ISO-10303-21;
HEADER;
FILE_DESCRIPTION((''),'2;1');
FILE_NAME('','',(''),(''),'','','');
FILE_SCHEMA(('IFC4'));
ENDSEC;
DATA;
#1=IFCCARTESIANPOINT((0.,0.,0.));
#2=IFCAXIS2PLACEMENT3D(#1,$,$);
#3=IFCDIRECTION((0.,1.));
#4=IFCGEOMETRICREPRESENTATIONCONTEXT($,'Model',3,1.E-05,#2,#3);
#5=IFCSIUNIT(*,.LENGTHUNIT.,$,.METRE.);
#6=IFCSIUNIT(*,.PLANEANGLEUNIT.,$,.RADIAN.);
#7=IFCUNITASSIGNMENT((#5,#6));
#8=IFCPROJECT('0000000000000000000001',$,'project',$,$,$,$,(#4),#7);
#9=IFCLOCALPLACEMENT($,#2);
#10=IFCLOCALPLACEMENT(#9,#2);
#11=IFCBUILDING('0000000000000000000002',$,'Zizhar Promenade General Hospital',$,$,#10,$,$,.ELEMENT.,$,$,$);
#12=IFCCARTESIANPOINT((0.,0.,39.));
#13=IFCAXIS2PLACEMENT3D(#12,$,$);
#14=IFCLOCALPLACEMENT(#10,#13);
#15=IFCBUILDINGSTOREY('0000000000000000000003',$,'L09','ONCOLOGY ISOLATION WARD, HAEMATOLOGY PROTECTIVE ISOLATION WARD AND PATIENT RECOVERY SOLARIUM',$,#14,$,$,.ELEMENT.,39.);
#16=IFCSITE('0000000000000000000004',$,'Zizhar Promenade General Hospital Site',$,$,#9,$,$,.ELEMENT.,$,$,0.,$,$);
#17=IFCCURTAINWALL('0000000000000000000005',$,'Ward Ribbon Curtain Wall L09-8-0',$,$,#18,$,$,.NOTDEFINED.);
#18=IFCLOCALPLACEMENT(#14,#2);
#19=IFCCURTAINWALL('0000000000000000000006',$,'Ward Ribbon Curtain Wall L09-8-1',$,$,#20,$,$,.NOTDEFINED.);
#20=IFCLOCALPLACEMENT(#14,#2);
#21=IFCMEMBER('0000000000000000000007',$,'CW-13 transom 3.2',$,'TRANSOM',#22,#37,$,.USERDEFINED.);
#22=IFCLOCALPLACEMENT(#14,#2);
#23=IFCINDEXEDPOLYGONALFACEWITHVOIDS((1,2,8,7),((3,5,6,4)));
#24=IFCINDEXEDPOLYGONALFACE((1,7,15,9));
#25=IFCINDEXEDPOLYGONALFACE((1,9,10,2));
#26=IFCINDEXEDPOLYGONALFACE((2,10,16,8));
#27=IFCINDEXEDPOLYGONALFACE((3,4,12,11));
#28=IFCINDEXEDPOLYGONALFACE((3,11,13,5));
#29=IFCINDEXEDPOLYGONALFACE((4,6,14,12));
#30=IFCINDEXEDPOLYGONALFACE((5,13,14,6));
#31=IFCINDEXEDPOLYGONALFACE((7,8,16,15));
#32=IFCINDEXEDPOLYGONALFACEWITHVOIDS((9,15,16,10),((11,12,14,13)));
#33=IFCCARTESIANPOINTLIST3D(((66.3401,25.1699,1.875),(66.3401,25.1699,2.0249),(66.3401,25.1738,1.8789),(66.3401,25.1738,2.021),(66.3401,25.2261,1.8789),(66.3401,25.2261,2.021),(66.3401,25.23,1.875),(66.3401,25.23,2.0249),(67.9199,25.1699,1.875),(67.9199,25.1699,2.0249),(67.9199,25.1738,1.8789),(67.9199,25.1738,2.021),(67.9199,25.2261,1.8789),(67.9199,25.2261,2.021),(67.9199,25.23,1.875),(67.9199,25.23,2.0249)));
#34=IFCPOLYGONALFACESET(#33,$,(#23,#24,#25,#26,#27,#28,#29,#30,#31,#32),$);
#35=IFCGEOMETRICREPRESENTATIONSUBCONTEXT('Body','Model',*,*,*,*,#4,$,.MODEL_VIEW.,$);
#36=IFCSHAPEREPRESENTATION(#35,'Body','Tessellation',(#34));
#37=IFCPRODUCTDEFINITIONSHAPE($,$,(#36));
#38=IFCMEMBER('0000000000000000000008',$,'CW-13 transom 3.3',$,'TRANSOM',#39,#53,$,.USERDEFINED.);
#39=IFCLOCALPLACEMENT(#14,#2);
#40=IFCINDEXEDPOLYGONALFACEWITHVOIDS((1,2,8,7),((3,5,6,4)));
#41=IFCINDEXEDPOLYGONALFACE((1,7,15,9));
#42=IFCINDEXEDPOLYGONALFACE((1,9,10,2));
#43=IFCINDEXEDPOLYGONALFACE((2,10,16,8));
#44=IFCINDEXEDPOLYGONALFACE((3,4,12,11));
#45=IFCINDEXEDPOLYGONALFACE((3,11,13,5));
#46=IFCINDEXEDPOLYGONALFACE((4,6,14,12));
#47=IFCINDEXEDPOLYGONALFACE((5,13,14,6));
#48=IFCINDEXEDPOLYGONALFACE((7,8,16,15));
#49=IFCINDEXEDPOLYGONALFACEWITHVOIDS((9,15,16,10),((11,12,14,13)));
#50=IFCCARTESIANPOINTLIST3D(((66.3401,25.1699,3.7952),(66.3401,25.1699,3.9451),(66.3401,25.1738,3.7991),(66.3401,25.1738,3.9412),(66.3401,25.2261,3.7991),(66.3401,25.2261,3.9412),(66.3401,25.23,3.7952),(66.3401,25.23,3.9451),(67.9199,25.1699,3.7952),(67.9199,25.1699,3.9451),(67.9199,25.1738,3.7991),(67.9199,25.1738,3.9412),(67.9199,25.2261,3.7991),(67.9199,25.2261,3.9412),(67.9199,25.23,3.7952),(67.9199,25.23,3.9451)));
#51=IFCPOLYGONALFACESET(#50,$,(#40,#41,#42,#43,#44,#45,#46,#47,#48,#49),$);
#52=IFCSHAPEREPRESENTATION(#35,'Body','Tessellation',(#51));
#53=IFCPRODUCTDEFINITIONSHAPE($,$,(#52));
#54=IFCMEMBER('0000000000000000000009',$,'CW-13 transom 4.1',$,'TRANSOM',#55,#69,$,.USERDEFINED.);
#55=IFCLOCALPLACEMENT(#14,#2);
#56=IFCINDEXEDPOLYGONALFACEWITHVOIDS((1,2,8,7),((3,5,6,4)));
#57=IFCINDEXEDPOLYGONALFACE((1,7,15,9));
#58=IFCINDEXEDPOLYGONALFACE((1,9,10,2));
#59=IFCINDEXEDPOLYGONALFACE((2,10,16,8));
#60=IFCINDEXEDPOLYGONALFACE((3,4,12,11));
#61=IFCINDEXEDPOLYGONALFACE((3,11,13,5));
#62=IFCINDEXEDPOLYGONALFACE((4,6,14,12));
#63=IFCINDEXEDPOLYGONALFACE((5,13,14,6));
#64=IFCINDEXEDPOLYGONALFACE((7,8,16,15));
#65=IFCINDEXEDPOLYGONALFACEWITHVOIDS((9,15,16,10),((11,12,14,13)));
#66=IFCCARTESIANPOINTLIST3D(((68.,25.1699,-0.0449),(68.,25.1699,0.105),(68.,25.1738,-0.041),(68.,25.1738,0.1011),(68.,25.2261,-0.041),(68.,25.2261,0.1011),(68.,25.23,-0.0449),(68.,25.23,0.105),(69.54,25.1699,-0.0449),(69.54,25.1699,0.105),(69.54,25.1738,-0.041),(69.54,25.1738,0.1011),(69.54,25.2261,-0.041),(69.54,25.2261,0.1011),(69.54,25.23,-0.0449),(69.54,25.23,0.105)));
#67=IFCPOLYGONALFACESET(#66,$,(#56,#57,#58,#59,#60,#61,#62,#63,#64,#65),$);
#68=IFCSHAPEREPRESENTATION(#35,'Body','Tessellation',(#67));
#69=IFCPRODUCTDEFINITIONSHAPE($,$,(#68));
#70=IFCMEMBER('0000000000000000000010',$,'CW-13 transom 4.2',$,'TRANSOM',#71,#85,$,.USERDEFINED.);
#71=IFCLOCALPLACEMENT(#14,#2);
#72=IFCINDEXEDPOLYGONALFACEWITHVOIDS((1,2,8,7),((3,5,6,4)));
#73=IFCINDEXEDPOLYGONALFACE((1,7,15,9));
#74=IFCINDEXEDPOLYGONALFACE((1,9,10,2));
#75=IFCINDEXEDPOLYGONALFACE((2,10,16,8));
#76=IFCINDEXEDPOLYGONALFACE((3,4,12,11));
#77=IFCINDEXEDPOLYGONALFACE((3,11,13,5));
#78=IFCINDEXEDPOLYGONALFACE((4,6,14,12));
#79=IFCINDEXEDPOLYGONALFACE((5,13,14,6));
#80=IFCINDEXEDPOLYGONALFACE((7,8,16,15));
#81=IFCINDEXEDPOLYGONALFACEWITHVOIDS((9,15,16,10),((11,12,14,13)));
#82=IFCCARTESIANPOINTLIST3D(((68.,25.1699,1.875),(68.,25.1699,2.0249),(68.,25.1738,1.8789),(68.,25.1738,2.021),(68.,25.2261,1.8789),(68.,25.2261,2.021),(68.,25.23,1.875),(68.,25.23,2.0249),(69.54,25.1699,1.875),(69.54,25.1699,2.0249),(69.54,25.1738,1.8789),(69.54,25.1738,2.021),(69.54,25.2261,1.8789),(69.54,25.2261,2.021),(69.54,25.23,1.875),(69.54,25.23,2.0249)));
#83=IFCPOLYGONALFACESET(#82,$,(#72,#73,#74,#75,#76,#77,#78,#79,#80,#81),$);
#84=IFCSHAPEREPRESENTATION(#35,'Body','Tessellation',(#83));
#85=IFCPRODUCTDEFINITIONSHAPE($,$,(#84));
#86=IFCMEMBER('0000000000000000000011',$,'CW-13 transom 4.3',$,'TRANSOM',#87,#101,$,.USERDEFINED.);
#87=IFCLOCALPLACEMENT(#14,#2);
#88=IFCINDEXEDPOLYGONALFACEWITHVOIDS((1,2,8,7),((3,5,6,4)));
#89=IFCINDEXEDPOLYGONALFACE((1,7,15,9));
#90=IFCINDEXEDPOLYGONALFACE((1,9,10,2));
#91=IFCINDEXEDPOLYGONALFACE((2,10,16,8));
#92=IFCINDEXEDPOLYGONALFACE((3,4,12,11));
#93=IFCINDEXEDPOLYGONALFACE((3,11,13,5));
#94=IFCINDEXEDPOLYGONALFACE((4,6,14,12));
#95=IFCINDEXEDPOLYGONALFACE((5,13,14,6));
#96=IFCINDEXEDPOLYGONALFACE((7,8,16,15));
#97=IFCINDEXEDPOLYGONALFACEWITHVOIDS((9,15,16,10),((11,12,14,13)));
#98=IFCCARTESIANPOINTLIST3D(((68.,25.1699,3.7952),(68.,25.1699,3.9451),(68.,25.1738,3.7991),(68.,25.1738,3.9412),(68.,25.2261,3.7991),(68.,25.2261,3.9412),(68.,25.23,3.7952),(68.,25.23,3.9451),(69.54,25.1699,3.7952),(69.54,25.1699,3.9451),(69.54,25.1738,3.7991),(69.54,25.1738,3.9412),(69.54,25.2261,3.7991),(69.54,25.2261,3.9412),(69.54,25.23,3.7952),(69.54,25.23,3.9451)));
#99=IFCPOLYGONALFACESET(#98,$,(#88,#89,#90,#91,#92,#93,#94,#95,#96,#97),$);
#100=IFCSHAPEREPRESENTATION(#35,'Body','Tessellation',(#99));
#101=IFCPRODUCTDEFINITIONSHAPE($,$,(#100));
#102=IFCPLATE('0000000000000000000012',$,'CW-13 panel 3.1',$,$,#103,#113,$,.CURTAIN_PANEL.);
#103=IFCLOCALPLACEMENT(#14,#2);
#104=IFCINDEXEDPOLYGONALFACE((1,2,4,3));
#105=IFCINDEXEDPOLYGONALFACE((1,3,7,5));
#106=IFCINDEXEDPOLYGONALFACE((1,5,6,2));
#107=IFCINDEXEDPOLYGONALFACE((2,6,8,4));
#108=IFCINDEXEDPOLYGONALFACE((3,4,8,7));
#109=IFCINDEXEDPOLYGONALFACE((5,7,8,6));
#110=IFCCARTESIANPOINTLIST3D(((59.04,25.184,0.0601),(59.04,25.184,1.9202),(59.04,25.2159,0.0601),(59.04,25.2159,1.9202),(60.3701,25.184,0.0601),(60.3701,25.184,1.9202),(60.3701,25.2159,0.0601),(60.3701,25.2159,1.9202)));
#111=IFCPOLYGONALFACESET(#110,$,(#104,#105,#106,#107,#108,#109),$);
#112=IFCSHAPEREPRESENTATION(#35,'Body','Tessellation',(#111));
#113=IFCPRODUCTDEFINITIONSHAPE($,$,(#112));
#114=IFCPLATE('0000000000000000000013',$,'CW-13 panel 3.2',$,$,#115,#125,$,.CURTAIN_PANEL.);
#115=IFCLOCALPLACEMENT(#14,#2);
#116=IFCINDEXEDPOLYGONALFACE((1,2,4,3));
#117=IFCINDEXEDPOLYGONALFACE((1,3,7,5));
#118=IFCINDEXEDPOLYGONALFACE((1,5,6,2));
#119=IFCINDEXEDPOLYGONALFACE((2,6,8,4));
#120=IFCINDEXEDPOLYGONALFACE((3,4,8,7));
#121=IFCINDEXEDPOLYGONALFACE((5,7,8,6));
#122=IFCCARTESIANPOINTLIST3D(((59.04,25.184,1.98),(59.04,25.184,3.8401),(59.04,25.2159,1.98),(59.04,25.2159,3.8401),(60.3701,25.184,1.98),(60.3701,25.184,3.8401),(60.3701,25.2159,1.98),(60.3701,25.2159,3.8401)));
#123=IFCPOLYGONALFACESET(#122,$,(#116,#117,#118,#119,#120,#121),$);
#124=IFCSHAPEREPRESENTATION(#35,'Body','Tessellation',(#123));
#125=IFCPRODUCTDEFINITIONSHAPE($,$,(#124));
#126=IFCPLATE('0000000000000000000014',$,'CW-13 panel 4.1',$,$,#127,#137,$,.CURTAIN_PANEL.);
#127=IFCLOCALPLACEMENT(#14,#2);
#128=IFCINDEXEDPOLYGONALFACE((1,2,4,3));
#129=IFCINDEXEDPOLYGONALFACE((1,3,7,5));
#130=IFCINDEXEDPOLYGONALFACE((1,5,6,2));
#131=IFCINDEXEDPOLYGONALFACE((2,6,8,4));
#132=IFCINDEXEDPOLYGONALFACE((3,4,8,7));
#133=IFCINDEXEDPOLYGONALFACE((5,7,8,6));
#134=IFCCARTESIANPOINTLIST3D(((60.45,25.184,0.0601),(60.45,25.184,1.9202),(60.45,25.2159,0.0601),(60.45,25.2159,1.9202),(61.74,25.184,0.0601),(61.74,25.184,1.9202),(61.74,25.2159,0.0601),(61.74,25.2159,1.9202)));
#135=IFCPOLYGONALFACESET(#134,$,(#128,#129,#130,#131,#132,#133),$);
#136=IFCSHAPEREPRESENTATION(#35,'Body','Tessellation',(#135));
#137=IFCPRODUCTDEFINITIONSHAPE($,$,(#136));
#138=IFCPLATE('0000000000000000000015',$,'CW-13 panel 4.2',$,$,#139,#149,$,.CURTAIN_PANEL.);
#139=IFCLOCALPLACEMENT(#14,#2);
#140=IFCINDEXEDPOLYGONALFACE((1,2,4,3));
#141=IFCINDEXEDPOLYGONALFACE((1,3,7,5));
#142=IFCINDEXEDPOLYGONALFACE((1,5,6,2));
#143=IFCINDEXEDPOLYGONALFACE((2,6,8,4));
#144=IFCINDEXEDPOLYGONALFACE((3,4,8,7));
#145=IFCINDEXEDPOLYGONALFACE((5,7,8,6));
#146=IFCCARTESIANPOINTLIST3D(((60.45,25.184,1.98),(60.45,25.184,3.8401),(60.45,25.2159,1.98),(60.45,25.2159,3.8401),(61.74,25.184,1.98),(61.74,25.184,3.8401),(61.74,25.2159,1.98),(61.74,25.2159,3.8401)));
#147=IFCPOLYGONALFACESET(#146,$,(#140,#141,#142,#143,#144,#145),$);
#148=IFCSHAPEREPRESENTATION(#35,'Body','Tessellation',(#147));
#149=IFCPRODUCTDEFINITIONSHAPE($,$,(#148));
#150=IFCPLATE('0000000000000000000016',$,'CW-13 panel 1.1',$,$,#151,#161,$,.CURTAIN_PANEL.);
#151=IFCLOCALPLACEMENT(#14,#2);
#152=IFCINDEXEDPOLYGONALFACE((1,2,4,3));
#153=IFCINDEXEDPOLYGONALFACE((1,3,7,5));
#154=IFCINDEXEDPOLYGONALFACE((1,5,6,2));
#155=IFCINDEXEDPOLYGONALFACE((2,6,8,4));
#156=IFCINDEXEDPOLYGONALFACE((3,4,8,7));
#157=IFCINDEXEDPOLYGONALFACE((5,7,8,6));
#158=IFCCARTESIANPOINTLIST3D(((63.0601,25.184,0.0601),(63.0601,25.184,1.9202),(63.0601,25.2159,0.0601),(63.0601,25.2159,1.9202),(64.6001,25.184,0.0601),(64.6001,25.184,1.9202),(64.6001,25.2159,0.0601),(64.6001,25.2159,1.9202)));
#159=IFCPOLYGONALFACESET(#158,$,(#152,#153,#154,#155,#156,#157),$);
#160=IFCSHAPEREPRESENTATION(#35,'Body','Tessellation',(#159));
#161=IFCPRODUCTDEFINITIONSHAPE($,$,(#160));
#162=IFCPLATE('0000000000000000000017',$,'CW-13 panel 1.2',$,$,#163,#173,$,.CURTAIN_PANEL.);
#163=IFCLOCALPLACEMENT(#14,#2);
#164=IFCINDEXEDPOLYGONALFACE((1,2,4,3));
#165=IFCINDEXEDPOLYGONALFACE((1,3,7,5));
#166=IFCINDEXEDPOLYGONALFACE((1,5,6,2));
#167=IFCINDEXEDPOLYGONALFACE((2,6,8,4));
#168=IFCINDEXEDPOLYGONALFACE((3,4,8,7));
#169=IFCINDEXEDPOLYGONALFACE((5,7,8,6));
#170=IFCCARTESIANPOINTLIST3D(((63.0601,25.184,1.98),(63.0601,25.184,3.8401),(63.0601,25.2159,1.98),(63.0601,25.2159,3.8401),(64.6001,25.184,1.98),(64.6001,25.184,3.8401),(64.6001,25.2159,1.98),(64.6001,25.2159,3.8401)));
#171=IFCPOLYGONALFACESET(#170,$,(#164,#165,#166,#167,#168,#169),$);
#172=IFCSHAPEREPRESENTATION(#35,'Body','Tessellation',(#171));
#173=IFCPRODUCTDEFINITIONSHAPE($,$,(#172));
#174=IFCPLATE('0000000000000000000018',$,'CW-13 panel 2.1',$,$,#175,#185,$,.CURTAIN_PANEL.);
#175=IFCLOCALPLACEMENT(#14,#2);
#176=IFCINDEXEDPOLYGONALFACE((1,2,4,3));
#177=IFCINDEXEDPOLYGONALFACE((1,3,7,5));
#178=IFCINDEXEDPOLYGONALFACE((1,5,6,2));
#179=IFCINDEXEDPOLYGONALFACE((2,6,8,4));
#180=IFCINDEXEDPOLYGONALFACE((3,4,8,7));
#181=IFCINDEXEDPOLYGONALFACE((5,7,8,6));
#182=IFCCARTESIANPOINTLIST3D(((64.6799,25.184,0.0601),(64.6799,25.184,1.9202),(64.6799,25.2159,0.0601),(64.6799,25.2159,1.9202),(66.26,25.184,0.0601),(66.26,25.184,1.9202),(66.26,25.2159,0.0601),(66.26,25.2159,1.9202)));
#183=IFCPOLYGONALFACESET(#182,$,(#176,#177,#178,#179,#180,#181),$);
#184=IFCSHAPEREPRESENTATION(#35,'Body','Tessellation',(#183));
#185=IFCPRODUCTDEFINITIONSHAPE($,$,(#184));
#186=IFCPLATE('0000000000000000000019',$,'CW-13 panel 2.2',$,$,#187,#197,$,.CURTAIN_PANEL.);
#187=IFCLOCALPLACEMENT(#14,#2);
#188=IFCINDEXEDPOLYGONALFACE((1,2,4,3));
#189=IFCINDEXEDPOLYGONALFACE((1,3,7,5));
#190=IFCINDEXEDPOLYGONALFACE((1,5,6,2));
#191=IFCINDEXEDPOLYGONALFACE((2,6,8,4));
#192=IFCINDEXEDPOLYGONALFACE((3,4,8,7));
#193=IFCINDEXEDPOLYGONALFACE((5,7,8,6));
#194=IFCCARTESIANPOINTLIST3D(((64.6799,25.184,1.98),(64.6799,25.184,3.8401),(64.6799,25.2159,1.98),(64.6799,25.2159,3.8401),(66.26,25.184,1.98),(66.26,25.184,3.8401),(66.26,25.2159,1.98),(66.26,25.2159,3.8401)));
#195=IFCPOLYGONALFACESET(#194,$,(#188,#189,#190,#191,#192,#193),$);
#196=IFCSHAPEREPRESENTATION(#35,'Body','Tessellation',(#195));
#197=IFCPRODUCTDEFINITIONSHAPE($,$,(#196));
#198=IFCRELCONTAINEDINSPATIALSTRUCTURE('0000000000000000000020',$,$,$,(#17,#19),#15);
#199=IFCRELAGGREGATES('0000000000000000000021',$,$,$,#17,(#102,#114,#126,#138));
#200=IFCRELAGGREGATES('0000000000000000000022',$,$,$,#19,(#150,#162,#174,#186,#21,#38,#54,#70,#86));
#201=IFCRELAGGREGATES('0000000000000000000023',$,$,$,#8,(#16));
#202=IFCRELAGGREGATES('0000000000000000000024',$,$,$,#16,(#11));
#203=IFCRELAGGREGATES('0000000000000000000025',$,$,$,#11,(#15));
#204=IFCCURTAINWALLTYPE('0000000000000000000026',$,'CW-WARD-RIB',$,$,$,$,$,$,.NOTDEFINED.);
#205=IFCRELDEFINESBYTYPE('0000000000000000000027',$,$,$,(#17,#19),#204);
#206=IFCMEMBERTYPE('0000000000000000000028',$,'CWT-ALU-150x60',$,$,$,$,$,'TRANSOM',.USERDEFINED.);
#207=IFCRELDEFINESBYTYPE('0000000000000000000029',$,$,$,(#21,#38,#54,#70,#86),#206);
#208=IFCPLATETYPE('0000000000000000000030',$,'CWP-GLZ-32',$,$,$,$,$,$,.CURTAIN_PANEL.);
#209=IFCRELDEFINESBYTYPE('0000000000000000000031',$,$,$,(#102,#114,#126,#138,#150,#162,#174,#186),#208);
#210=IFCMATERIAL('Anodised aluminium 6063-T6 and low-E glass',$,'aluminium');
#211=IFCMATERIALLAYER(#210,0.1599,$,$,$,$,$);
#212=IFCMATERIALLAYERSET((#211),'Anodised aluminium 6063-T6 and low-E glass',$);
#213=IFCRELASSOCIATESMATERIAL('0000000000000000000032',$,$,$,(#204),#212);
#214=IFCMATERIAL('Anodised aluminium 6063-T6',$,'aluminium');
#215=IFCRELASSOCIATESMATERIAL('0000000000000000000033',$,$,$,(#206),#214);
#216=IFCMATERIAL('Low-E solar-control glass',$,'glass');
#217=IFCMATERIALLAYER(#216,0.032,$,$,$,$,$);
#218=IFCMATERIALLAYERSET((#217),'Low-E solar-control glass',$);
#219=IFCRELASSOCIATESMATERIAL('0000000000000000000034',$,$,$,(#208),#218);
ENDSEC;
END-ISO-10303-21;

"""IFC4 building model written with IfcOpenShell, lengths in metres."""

from ifc_helpers import new_model, si_unit, direction, frame, origin, origin_2d, place, context, subcontext, project, spatial, rectangle, hollow_rectangle, extrude, material, layer, layer_set, material_profile, profile_set, type_object, element, aggregate, save


model = new_model("IFC4")

# Units and contexts
model_context = context("Model", 3, precision=1e-05, world=origin(), true_north=direction((0.0, 1.0)))
body_context = subcontext(model_context, "Body", "Model", "MODEL_VIEW")
ifc_project = project(units=[si_unit("LENGTHUNIT", "METRE"), si_unit("PLANEANGLEUNIT", "RADIAN")], contexts=[model_context])

# Site, building, storey
site_placement = place(None, origin())
site = spatial("IfcSite", under=ifc_project, at=site_placement, Name="Zizhar Promenade General Hospital Site", CompositionType="ELEMENT", RefElevation=0.0)
building_placement = place(site_placement, origin())
building = spatial("IfcBuilding", under=site, at=building_placement, Name="Zizhar Promenade General Hospital", CompositionType="ELEMENT")
storey_placement = place(building_placement, frame((0.0, 0.0, 39.0)))
storey = spatial("IfcBuildingStorey", under=building, at=storey_placement, Name="L09", Description="ONCOLOGY ISOLATION WARD, HAEMATOLOGY PROTECTIVE ISOLATION WARD AND PATIENT RECOVERY SOLARIUM", CompositionType="ELEMENT", Elevation=39.0)

# Curtain walls
ifc_material_1 = material(Name="Anodised aluminium 6063-T6 and low-E glass", Category="aluminium")
ifc_layer_1 = layer(ifc_material_1, 0.1599)
ifc_layer_set_1 = layer_set([ifc_layer_1], Name="Anodised aluminium 6063-T6 and low-E glass")
curtain_wall_type = type_object("IfcCurtainWallType", Name="CW-WARD-RIB", PredefinedType="NOTDEFINED", material=ifc_layer_set_1)
curtain_wall_1_placement = place(storey_placement, origin())
curtain_wall_1 = element("IfcCurtainWall", 1, at=curtain_wall_1_placement, inside=storey, type_object=curtain_wall_type, Name="Ward Ribbon Curtain Wall L09-8-0", PredefinedType="NOTDEFINED")
curtain_wall_2_placement = place(storey_placement, origin())
curtain_wall_2 = element("IfcCurtainWall", 2, at=curtain_wall_2_placement, inside=storey, type_object=curtain_wall_type, Name="Ward Ribbon Curtain Wall L09-8-1", PredefinedType="NOTDEFINED")

# Members
ifc_material_2 = material(Name="Anodised aluminium 6063-T6", Category="aluminium")
ifc_material_profile_1 = material_profile(ifc_material_2, hollow_rectangle(XDim=0.0601, YDim=0.1499, WallThickness=0.0039, at=origin_2d()))
ifc_profile_set_1 = profile_set([ifc_material_profile_1], Name="Anodised aluminium 6063-T6")
member_type_1 = type_object("IfcMemberType", Name="CWT-ALU-150x60", ElementType="TRANSOM", PredefinedType="USERDEFINED", material=ifc_profile_set_1)
member_1_placement = place(storey_placement, frame((66.3401, 25.2, 1.95), z_axis=(1.0, 0.0, 0.0), x_axis=(0.0, 1.0, 0.0)))
member_1 = element("IfcMember", 3, at=member_1_placement, type_object=member_type_1, Name="CW-13 transom 3.2", ObjectType="TRANSOM", PredefinedType="USERDEFINED", context=body_context, shape_type="SweptSolid", body=[
    extrude(hollow_rectangle(XDim=0.0601, YDim=0.1499, WallThickness=0.0039, at=origin_2d()), origin(), (0.0, 0.0, 1.0), 1.5798),
])
member_2_placement = place(storey_placement, frame((66.3401, 25.2, 3.8701), z_axis=(1.0, 0.0, 0.0), x_axis=(0.0, 1.0, 0.0)))
member_2 = element("IfcMember", 4, at=member_2_placement, type_object=member_type_1, Name="CW-13 transom 3.3", ObjectType="TRANSOM", PredefinedType="USERDEFINED", context=body_context, shape_type="SweptSolid", body=[
    extrude(hollow_rectangle(XDim=0.0601, YDim=0.1499, WallThickness=0.0039, at=origin_2d()), origin(), (0.0, 0.0, 1.0), 1.5798),
])
member_3_placement = place(storey_placement, frame((68.0, 25.2, 0.03), z_axis=(1.0, 0.0, 0.0), x_axis=(0.0, 1.0, 0.0)))
member_3 = element("IfcMember", 5, at=member_3_placement, type_object=member_type_1, Name="CW-13 transom 4.1", ObjectType="TRANSOM", PredefinedType="USERDEFINED", context=body_context, shape_type="SweptSolid", body=[
    extrude(hollow_rectangle(XDim=0.0601, YDim=0.1499, WallThickness=0.0039, at=origin_2d()), origin(), (0.0, 0.0, 1.0), 1.54),
])
member_4_placement = place(storey_placement, frame((68.0, 25.2, 1.95), z_axis=(1.0, 0.0, 0.0), x_axis=(0.0, 1.0, 0.0)))
member_4 = element("IfcMember", 6, at=member_4_placement, type_object=member_type_1, Name="CW-13 transom 4.2", ObjectType="TRANSOM", PredefinedType="USERDEFINED", context=body_context, shape_type="SweptSolid", body=[
    extrude(hollow_rectangle(XDim=0.0601, YDim=0.1499, WallThickness=0.0039, at=origin_2d()), origin(), (0.0, 0.0, 1.0), 1.54),
])
member_5_placement = place(storey_placement, frame((68.0, 25.2, 3.8701), z_axis=(1.0, 0.0, 0.0), x_axis=(0.0, 1.0, 0.0)))
member_5 = element("IfcMember", 7, at=member_5_placement, type_object=member_type_1, Name="CW-13 transom 4.3", ObjectType="TRANSOM", PredefinedType="USERDEFINED", context=body_context, shape_type="SweptSolid", body=[
    extrude(hollow_rectangle(XDim=0.0601, YDim=0.1499, WallThickness=0.0039, at=origin_2d()), origin(), (0.0, 0.0, 1.0), 1.54),
])

# Plates
ifc_material_3 = material(Name="Low-E solar-control glass", Category="glass")
ifc_layer_2 = layer(ifc_material_3, 0.032)
ifc_layer_set_2 = layer_set([ifc_layer_2], Name="Low-E solar-control glass")
plate_type = type_object("IfcPlateType", Name="CWP-GLZ-32", PredefinedType="CURTAIN_PANEL", material=ifc_layer_set_2)
plate_1_placement = place(storey_placement, frame((59.7051, 25.2, 0.0601), z_axis=(0.0, 0.0, 1.0), x_axis=(1.0, 0.0, 0.0)))
plate_1 = element("IfcPlate", 8, at=plate_1_placement, type_object=plate_type, Name="CW-13 panel 3.1", PredefinedType="CURTAIN_PANEL", context=body_context, shape_type="SweptSolid", body=[
    extrude(rectangle(XDim=1.3301, YDim=0.032, at=origin_2d()), origin(), (0.0, 0.0, 1.0), 1.8601),
])
plate_2_placement = place(storey_placement, frame((59.7051, 25.2, 1.98), z_axis=(0.0, 0.0, 1.0), x_axis=(1.0, 0.0, 0.0)))
plate_2 = element("IfcPlate", 9, at=plate_2_placement, type_object=plate_type, Name="CW-13 panel 3.2", PredefinedType="CURTAIN_PANEL", context=body_context, shape_type="SweptSolid", body=[
    extrude(rectangle(XDim=1.3301, YDim=0.032, at=origin_2d()), origin(), (0.0, 0.0, 1.0), 1.8601),
])
plate_3_placement = place(storey_placement, frame((61.095, 25.2, 0.0601), z_axis=(0.0, 0.0, 1.0), x_axis=(1.0, 0.0, 0.0)))
plate_3 = element("IfcPlate", 10, at=plate_3_placement, type_object=plate_type, Name="CW-13 panel 4.1", PredefinedType="CURTAIN_PANEL", context=body_context, shape_type="SweptSolid", body=[
    extrude(rectangle(XDim=1.29, YDim=0.032, at=origin_2d()), origin(), (0.0, 0.0, 1.0), 1.8601),
])
plate_4_placement = place(storey_placement, frame((61.095, 25.2, 1.98), z_axis=(0.0, 0.0, 1.0), x_axis=(1.0, 0.0, 0.0)))
plate_4 = element("IfcPlate", 11, at=plate_4_placement, type_object=plate_type, Name="CW-13 panel 4.2", PredefinedType="CURTAIN_PANEL", context=body_context, shape_type="SweptSolid", body=[
    extrude(rectangle(XDim=1.29, YDim=0.032, at=origin_2d()), origin(), (0.0, 0.0, 1.0), 1.8601),
])
aggregate(curtain_wall_1, [plate_1, plate_2, plate_3, plate_4])
plate_5_placement = place(storey_placement, frame((63.8301, 25.2, 0.0601), z_axis=(0.0, 0.0, 1.0), x_axis=(1.0, 0.0, 0.0)))
plate_5 = element("IfcPlate", 12, at=plate_5_placement, type_object=plate_type, Name="CW-13 panel 1.1", PredefinedType="CURTAIN_PANEL", context=body_context, shape_type="SweptSolid", body=[
    extrude(rectangle(XDim=1.54, YDim=0.032, at=origin_2d()), origin(), (0.0, 0.0, 1.0), 1.8601),
])
plate_6_placement = place(storey_placement, frame((63.8301, 25.2, 1.98), z_axis=(0.0, 0.0, 1.0), x_axis=(1.0, 0.0, 0.0)))
plate_6 = element("IfcPlate", 13, at=plate_6_placement, type_object=plate_type, Name="CW-13 panel 1.2", PredefinedType="CURTAIN_PANEL", context=body_context, shape_type="SweptSolid", body=[
    extrude(rectangle(XDim=1.54, YDim=0.032, at=origin_2d()), origin(), (0.0, 0.0, 1.0), 1.8601),
])
plate_7_placement = place(storey_placement, frame((65.47, 25.2, 0.0601), z_axis=(0.0, 0.0, 1.0), x_axis=(1.0, 0.0, 0.0)))
plate_7 = element("IfcPlate", 14, at=plate_7_placement, type_object=plate_type, Name="CW-13 panel 2.1", PredefinedType="CURTAIN_PANEL", context=body_context, shape_type="SweptSolid", body=[
    extrude(rectangle(XDim=1.5801, YDim=0.032, at=origin_2d()), origin(), (0.0, 0.0, 1.0), 1.8601),
])
plate_8_placement = place(storey_placement, frame((65.47, 25.2, 1.98), z_axis=(0.0, 0.0, 1.0), x_axis=(1.0, 0.0, 0.0)))
plate_8 = element("IfcPlate", 15, at=plate_8_placement, type_object=plate_type, Name="CW-13 panel 2.2", PredefinedType="CURTAIN_PANEL", context=body_context, shape_type="SweptSolid", body=[
    extrude(rectangle(XDim=1.5801, YDim=0.032, at=origin_2d()), origin(), (0.0, 0.0, 1.0), 1.8601),
])
aggregate(curtain_wall_2, [plate_5, plate_6, plate_7, plate_8, member_1, member_2, member_3, member_4, member_5])

save(model, "model.ifc")
